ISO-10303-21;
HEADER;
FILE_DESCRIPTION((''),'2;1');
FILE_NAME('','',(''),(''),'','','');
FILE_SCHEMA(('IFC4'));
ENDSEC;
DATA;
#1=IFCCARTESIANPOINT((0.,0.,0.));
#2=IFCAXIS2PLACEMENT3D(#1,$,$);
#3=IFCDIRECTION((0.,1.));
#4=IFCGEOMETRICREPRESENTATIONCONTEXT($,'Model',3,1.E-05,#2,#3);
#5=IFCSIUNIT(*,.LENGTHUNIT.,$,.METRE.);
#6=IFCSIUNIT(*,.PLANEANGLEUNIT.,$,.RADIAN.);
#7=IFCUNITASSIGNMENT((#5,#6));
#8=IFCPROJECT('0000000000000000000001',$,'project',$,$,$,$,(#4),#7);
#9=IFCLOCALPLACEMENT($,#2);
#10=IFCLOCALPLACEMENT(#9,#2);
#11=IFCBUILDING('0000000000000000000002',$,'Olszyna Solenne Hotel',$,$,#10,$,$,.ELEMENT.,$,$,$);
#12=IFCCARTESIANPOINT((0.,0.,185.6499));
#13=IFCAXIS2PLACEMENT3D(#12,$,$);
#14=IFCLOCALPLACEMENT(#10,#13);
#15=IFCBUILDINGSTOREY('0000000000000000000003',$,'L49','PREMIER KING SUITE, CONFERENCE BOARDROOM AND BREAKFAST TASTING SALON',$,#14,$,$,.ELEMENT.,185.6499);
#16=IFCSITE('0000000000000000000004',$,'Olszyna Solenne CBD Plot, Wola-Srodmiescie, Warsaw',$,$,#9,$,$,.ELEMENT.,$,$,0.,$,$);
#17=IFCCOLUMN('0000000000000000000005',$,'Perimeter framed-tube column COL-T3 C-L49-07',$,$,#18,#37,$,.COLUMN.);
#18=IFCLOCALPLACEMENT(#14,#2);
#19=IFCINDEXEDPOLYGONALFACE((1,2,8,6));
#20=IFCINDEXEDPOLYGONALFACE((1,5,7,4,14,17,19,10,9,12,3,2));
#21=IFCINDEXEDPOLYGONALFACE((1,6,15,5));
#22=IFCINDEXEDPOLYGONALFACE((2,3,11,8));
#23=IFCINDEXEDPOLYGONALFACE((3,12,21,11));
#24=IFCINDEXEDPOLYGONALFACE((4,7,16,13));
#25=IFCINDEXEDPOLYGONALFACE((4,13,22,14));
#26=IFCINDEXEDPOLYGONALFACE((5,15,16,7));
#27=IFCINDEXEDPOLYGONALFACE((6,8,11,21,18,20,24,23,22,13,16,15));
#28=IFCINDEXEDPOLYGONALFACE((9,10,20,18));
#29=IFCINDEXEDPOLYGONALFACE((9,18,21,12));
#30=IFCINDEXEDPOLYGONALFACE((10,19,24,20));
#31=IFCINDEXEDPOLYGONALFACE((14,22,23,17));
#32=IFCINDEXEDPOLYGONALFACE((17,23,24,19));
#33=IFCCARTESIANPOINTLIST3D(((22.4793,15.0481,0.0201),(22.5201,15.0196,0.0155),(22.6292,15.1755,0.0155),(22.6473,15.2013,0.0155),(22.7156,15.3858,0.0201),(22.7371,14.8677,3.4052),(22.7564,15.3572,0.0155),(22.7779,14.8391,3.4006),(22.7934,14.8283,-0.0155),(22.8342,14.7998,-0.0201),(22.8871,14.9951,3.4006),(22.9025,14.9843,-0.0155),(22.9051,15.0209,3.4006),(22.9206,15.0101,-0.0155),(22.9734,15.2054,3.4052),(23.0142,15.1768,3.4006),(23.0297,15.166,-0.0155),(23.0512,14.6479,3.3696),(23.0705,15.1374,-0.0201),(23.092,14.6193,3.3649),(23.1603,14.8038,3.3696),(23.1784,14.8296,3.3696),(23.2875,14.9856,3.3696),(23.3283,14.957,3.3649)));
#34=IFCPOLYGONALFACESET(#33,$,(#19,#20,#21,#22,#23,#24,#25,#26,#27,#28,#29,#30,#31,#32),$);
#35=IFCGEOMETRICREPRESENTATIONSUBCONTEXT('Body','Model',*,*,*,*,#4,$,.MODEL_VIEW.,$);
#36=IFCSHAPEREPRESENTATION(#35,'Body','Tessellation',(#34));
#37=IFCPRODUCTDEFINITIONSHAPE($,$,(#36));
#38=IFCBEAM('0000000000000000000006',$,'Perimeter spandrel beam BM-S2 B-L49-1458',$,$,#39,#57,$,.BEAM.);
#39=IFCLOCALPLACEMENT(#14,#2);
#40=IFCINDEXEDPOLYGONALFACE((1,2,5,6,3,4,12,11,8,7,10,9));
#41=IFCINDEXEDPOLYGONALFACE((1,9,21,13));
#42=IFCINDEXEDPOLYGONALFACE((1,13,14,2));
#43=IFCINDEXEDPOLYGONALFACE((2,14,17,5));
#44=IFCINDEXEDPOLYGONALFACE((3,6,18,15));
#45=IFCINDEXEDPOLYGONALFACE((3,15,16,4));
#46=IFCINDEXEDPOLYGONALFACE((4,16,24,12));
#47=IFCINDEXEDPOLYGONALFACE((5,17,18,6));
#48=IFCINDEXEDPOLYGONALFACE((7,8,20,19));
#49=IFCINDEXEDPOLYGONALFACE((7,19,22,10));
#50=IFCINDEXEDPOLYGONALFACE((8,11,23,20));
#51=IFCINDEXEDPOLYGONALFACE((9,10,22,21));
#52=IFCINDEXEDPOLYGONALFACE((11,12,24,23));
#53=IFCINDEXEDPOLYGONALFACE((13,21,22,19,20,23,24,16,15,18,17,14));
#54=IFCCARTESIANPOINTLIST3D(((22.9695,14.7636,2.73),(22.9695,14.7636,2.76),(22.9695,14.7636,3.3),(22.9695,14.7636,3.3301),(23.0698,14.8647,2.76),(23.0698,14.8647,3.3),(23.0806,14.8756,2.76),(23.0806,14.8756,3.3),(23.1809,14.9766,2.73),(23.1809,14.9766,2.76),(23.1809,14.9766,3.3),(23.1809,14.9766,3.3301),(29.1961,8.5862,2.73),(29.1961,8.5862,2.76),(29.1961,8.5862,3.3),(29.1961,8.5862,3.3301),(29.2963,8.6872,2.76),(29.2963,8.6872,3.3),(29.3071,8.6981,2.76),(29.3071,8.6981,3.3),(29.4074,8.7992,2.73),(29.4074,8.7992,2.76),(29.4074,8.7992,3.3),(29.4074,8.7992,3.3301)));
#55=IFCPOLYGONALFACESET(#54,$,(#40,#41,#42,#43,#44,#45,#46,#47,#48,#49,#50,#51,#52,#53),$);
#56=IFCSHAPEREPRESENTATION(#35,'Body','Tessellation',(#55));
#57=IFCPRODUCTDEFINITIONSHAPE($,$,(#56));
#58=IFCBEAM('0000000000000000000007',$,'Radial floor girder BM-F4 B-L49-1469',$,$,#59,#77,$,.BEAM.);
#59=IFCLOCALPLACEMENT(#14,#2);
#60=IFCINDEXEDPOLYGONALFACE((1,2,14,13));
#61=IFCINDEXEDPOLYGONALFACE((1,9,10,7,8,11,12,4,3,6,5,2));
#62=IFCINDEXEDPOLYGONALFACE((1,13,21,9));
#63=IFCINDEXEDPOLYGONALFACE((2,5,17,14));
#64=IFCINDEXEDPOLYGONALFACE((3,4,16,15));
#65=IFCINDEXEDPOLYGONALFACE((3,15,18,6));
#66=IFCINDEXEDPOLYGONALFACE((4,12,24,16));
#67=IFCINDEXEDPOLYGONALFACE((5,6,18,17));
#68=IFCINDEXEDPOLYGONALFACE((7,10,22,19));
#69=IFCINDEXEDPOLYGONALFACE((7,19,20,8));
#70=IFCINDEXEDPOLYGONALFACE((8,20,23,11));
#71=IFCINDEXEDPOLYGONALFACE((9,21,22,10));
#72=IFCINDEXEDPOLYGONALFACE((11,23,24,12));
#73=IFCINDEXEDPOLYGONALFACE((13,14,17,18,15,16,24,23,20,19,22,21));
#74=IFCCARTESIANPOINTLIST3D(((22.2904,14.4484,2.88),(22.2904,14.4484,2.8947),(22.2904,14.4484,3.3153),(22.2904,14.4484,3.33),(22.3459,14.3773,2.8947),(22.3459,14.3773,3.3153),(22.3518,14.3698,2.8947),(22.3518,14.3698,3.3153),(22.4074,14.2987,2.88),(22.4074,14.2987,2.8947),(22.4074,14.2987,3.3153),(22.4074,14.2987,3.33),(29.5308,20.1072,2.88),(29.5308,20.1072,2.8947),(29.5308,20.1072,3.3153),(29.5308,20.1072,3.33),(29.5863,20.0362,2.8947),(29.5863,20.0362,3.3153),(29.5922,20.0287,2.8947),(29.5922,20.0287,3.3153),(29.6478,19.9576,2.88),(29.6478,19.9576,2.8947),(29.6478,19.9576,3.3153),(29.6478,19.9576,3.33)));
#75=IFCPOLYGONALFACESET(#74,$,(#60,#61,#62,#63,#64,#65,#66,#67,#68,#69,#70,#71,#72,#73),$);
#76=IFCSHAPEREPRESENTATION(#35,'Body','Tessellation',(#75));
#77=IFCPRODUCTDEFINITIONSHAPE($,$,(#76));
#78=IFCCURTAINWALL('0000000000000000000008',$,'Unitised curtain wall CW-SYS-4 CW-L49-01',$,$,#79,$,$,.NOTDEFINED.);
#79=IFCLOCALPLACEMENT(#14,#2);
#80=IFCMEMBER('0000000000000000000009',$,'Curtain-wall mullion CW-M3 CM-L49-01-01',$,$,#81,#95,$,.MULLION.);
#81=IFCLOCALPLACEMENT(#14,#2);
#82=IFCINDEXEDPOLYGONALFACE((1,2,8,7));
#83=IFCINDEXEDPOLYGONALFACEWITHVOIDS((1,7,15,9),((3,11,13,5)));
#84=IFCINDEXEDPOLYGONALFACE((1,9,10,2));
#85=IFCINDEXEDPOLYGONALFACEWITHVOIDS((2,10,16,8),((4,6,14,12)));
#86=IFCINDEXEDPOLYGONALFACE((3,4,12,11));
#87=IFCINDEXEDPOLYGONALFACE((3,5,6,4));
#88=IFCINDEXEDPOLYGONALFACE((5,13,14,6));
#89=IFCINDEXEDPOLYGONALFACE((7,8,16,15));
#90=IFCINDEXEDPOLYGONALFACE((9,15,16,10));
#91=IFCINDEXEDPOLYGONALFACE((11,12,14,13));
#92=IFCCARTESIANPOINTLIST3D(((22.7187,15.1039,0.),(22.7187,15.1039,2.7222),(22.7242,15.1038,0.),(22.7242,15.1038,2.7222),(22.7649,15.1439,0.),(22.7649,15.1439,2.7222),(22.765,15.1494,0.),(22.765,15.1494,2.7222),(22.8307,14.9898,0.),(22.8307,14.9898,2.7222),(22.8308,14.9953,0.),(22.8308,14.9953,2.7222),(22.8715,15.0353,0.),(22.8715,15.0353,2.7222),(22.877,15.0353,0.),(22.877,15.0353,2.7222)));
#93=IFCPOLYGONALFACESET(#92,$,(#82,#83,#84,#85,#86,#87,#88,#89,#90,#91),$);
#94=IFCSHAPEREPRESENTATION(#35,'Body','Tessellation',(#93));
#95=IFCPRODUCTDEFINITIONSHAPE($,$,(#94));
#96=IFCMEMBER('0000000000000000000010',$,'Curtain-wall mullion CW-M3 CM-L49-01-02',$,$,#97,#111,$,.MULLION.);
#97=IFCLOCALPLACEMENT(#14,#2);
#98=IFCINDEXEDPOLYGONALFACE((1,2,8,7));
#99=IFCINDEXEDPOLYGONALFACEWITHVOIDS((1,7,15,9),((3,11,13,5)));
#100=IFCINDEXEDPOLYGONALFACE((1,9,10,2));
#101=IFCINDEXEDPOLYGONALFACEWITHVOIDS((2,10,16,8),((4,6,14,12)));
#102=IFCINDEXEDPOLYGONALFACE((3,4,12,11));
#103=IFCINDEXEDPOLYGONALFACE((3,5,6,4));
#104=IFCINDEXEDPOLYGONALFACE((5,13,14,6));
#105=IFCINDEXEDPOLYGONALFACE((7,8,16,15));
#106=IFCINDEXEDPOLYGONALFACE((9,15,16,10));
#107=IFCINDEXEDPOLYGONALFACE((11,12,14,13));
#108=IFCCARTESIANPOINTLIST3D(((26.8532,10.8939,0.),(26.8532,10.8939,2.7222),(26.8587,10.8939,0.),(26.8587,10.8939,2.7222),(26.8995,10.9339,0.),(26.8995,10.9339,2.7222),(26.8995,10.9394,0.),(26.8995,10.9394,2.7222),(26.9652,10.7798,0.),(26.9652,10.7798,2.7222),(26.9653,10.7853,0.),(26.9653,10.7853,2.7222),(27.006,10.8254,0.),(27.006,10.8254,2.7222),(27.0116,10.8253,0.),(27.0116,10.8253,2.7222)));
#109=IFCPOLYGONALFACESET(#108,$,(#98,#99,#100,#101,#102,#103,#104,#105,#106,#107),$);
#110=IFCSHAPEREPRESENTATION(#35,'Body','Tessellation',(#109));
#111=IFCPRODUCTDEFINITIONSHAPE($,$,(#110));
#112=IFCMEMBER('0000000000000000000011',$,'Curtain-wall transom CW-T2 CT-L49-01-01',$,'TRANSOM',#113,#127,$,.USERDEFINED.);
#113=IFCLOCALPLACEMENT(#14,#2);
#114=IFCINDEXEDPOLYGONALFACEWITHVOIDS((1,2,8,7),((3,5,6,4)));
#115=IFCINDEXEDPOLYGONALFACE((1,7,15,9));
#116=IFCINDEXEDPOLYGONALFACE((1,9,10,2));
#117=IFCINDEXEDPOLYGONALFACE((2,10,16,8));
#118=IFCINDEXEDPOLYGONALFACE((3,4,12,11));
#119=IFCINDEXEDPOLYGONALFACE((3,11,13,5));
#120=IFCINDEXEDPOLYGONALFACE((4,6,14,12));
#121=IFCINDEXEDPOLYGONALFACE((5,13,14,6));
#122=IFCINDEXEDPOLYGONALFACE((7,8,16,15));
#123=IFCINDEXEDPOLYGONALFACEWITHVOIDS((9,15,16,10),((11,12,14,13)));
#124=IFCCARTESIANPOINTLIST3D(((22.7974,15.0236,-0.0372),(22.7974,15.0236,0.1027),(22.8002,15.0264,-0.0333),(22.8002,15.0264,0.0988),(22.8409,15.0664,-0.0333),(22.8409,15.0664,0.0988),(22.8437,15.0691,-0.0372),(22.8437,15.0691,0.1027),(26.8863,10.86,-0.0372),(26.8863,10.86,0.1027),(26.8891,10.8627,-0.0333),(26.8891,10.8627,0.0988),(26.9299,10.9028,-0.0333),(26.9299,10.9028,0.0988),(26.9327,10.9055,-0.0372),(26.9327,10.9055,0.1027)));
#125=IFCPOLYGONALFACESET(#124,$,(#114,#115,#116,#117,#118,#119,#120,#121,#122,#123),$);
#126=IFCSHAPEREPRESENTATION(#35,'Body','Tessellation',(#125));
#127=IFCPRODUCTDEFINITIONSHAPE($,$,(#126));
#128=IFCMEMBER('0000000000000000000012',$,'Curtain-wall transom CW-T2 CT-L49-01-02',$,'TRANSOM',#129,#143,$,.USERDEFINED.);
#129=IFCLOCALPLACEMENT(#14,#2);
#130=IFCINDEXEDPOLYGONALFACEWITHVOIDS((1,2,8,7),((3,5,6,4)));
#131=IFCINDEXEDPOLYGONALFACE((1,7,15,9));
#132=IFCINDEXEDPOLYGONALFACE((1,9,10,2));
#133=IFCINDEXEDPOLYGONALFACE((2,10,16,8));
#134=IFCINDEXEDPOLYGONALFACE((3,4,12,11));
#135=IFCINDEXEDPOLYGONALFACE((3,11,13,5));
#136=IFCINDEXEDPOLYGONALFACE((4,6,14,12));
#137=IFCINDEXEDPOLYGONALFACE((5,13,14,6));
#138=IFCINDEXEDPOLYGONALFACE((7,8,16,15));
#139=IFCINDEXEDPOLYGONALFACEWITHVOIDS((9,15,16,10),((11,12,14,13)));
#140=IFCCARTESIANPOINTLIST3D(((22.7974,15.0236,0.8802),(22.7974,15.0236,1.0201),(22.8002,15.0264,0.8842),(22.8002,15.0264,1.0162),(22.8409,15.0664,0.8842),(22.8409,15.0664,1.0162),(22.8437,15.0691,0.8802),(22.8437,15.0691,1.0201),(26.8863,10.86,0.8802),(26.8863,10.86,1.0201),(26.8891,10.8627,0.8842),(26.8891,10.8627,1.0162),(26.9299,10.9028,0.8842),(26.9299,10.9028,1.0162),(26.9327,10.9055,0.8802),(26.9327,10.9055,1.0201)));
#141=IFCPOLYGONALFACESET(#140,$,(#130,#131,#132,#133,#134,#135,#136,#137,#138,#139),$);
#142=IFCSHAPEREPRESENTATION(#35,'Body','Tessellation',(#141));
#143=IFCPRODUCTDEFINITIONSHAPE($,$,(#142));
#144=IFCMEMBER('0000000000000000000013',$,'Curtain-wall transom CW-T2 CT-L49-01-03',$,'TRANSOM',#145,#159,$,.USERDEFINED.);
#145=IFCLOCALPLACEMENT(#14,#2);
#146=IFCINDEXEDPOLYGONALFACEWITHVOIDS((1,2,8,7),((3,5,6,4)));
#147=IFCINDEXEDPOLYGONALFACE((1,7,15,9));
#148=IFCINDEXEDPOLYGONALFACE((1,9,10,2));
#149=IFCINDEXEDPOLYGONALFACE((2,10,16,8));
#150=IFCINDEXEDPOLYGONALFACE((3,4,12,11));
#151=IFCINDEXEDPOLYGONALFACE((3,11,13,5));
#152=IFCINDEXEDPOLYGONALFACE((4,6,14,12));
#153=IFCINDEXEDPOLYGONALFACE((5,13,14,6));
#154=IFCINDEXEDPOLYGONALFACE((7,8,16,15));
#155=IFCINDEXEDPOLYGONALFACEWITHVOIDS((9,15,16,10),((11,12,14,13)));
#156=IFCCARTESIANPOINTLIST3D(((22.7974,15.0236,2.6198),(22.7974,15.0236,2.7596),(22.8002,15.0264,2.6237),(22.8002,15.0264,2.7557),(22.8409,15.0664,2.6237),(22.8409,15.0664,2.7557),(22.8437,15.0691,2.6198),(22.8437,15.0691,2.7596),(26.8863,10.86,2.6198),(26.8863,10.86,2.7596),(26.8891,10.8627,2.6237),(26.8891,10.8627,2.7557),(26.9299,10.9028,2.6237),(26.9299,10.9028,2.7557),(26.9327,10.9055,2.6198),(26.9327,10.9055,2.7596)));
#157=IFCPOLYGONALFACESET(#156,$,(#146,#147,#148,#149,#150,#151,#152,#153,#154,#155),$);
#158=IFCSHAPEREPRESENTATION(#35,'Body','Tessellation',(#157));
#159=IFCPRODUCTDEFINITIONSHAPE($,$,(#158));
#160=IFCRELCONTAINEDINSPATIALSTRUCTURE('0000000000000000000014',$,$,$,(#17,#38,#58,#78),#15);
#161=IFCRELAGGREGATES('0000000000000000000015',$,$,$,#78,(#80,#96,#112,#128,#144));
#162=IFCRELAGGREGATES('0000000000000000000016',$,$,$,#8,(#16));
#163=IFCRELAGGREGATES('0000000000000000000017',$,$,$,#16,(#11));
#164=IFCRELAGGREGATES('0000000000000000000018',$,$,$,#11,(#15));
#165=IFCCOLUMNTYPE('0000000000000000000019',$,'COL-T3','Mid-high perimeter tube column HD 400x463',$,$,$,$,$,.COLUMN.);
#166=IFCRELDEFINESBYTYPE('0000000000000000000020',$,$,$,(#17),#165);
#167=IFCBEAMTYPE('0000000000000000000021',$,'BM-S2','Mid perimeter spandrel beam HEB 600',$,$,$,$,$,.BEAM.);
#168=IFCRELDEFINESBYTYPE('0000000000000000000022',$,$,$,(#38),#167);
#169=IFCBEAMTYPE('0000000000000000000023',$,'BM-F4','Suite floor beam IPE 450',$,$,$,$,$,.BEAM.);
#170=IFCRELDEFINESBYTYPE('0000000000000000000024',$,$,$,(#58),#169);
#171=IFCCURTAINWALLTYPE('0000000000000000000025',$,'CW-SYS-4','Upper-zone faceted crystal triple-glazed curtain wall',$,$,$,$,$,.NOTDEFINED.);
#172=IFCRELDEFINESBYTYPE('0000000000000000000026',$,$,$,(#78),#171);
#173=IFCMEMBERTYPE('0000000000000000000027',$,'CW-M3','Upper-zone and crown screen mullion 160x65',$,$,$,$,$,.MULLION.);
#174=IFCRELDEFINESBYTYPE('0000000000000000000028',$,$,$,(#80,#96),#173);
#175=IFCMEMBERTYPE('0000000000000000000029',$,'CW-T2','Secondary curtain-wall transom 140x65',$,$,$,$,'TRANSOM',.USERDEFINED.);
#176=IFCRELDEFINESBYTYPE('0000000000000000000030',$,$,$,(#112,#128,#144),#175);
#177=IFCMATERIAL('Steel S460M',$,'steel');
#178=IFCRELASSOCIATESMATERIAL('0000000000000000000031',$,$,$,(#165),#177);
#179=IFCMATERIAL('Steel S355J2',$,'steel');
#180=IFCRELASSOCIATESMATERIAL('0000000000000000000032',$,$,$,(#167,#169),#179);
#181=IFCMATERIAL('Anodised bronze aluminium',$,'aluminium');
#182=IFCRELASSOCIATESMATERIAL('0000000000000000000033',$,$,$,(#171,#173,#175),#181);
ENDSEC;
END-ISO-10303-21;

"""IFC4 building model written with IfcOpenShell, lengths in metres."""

from ifc_helpers import new_model, si_unit, direction, frame, origin, origin_2d, place, context, subcontext, project, spatial, hollow_rectangle, i_section, extrude, source, transform, mapped, material, material_profile, profile_set, type_object, element, aggregate, save


model = new_model("IFC4")

# Units and contexts
model_context = context("Model", 3, precision=1e-05, world=origin(), true_north=direction((0.0, 1.0)))
body_context = subcontext(model_context, "Body", "Model", "MODEL_VIEW")
ifc_project = project(units=[si_unit("LENGTHUNIT", "METRE"), si_unit("PLANEANGLEUNIT", "RADIAN")], contexts=[model_context])

# Site, building, storey
site_placement = place(None, origin())
site = spatial("IfcSite", under=ifc_project, at=site_placement, Name="Olszyna Solenne CBD Plot, Wola-Srodmiescie, Warsaw", CompositionType="ELEMENT", RefElevation=0.0)
building_placement = place(site_placement, origin())
building = spatial("IfcBuilding", under=site, at=building_placement, Name="Olszyna Solenne Hotel", CompositionType="ELEMENT")
storey_placement = place(building_placement, frame((0.0, 0.0, 185.6499)))
storey = spatial("IfcBuildingStorey", under=building, at=storey_placement, Name="L49", Description="PREMIER KING SUITE, CONFERENCE BOARDROOM AND BREAKFAST TASTING SALON", CompositionType="ELEMENT", Elevation=185.6499)

# Column
ifc_material_1 = material(Name="Steel S460M", Category="steel")
ifc_material_profile_1 = material_profile(ifc_material_1, i_section(OverallWidth=0.4121, OverallDepth=0.4351, WebThickness=0.0315, FlangeThickness=0.05, at=origin_2d()), Name="HD 400x463", Category="load-bearing")
ifc_profile_set_1 = profile_set([ifc_material_profile_1], Name="Steel S460M")
column_type = type_object("IfcColumnType", Name="COL-T3", Description="Mid-high perimeter tube column HD 400x463", PredefinedType="COLUMN", material=ifc_profile_set_1)
shared_shape_1 = source(origin(), body_context, "Body", "SweptSolid", [
    extrude(i_section(OverallWidth=0.4121, OverallDepth=0.4351, WebThickness=0.0315, FlangeThickness=0.05, at=origin_2d()), origin(), (0.0, 0.0, 1.0), 3.3997),
])
column_placement = place(storey_placement, frame((22.7749, 15.0928, 0.0), z_axis=(0.075836, -0.053071, 0.995707), x_axis=(0.573358, 0.819305, 0.0)))
element("IfcColumn", 1, at=column_placement, inside=storey, type_object=column_type, Name="Perimeter framed-tube column COL-T3 C-L49-07", PredefinedType="COLUMN", context=body_context, shape_type="MappedRepresentation", body=[
    mapped(shared_shape_1, transform((0.0, 0.0, 0.0), x_axis=(1.0, 0.0, 0.0), y_axis=(0.0, 1.0, 0.0), z_axis=(0.0, 0.0, 1.0), scale=1.0)),
])

# Beams
ifc_material_2 = material(Name="Steel S355J2", Category="steel")
ifc_material_profile_2 = material_profile(ifc_material_2, i_section(OverallWidth=0.3, OverallDepth=0.6001, WebThickness=0.0154, FlangeThickness=0.03, at=origin_2d()), Name="HEB 600", Category="load-bearing")
ifc_profile_set_2 = profile_set([ifc_material_profile_2], Name="Steel S355J2")
beam_type_1 = type_object("IfcBeamType", Name="BM-S2", Description="Mid perimeter spandrel beam HEB 600", PredefinedType="BEAM", material=ifc_profile_set_2)
shared_shape_2 = source(origin(), body_context, "Body", "SweptSolid", [
    extrude(i_section(OverallWidth=0.3, OverallDepth=0.6001, WebThickness=0.0154, FlangeThickness=0.03, at=origin_2d()), origin(), (0.0, 0.0, 1.0), 8.771),
])
beam_1_placement = place(storey_placement, frame((23.0752, 14.8701, 3.03), z_axis=(0.709899, -0.704304, 0.0), x_axis=(0.704304, 0.709899, 0.0)))
element("IfcBeam", 2, at=beam_1_placement, inside=storey, type_object=beam_type_1, Name="Perimeter spandrel beam BM-S2 B-L49-1458", PredefinedType="BEAM", context=body_context, shape_type="MappedRepresentation", body=[
    mapped(shared_shape_2, transform((0.0, 0.0, 0.0), x_axis=(1.0, 0.0, 0.0), y_axis=(0.0, 1.0, 0.0), z_axis=(0.0, 0.0, 1.0), scale=1.0)),
])
ifc_material_profile_3 = material_profile(ifc_material_2, i_section(OverallWidth=0.1899, OverallDepth=0.45, WebThickness=0.0095, FlangeThickness=0.0146, at=origin_2d()), Name="IPE 450", Category="load-bearing")
ifc_profile_set_3 = profile_set([ifc_material_profile_3], Name="Steel S355J2")
beam_type_2 = type_object("IfcBeamType", Name="BM-F4", Description="Suite floor beam IPE 450", PredefinedType="BEAM", material=ifc_profile_set_3)
shared_shape_3 = source(origin(), body_context, "Body", "SweptSolid", [
    extrude(i_section(OverallWidth=0.1899, OverallDepth=0.45, WebThickness=0.0095, FlangeThickness=0.0146, at=origin_2d()), origin(), (0.0, 0.0, 1.0), 9.1895),
])
beam_2_placement = place(storey_placement, frame((22.3489, 14.3735, 3.105), z_axis=(0.787902, 0.6158, 0.0), x_axis=(-0.6158, 0.787902, 0.0)))
element("IfcBeam", 3, at=beam_2_placement, inside=storey, type_object=beam_type_2, Name="Radial floor girder BM-F4 B-L49-1469", PredefinedType="BEAM", context=body_context, shape_type="MappedRepresentation", body=[
    mapped(shared_shape_3, transform((0.0, 0.0, 0.0), x_axis=(1.0, 0.0, 0.0), y_axis=(0.0, 1.0, 0.0), z_axis=(0.0, 0.0, 1.0), scale=1.0)),
])

# Curtain wall, members
ifc_material_3 = material(Name="Anodised bronze aluminium", Category="aluminium")
curtain_wall_type = type_object("IfcCurtainWallType", Name="CW-SYS-4", Description="Upper-zone faceted crystal triple-glazed curtain wall", PredefinedType="NOTDEFINED", material=ifc_material_3)
curtain_wall_placement = place(storey_placement, origin())
curtain_wall = element("IfcCurtainWall", 4, at=curtain_wall_placement, inside=storey, type_object=curtain_wall_type, Name="Unitised curtain wall CW-SYS-4 CW-L49-01", PredefinedType="NOTDEFINED")
ifc_material_profile_4 = material_profile(ifc_material_3, hollow_rectangle(XDim=0.0649, YDim=0.1599, WallThickness=0.0039, at=origin_2d()), Name="MULL 160x65x4", Category="load-bearing")
ifc_profile_set_4 = profile_set([ifc_material_profile_4], Name="Anodised bronze aluminium")
member_type_1 = type_object("IfcMemberType", Name="CW-M3", Description="Upper-zone and crown screen mullion 160x65", PredefinedType="MULLION", material=ifc_profile_set_4)
shared_shape_4 = source(origin(), body_context, "Body", "SweptSolid", [
    extrude(hollow_rectangle(XDim=0.0649, YDim=0.1599, WallThickness=0.0039, at=origin_2d()), origin(), (0.0, 0.0, 1.0), 2.7222),
])
member_1_placement = place(storey_placement, frame((22.7979, 15.0696, 0.0), z_axis=(0.0, 0.0, 1.0), x_axis=(0.713469, 0.700687, 0.0)))
member_1 = element("IfcMember", 5, at=member_1_placement, type_object=member_type_1, Name="Curtain-wall mullion CW-M3 CM-L49-01-01", PredefinedType="MULLION", context=body_context, shape_type="MappedRepresentation", body=[
    mapped(shared_shape_4, transform((0.0, 0.0, 0.0), x_axis=(1.0, 0.0, 0.0), y_axis=(0.0, 1.0, 0.0), z_axis=(0.0, 0.0, 1.0), scale=1.0)),
])
member_2_placement = place(storey_placement, frame((26.9324, 10.8596, 0.0), z_axis=(0.0, 0.0, 1.0), x_axis=(0.713469, 0.700687, 0.0)))
member_2 = element("IfcMember", 6, at=member_2_placement, type_object=member_type_1, Name="Curtain-wall mullion CW-M3 CM-L49-01-02", PredefinedType="MULLION", context=body_context, shape_type="MappedRepresentation", body=[
    mapped(shared_shape_4, transform((0.0, 0.0, 0.0), x_axis=(1.0, 0.0, 0.0), y_axis=(0.0, 1.0, 0.0), z_axis=(0.0, 0.0, 1.0), scale=1.0)),
])
ifc_material_profile_5 = material_profile(ifc_material_3, hollow_rectangle(XDim=0.0649, YDim=0.1399, WallThickness=0.0039, at=origin_2d()), Name="TRAN 140x65x4", Category="load-bearing")
ifc_profile_set_5 = profile_set([ifc_material_profile_5], Name="Anodised bronze aluminium")
member_type_2 = type_object("IfcMemberType", Name="CW-T2", Description="Secondary curtain-wall transom 140x65", ElementType="TRANSOM", PredefinedType="USERDEFINED", material=ifc_profile_set_5)
shared_shape_5 = source(origin(), body_context, "Body", "SweptSolid", [
    extrude(hollow_rectangle(XDim=0.0649, YDim=0.1399, WallThickness=0.0039, at=origin_2d()), origin(), (0.0, 0.0, 1.0), 5.8357),
])
member_3_placement = place(storey_placement, frame((22.8206, 15.0464, 0.0327), z_axis=(0.700677, -0.713479, 0.0), x_axis=(0.713479, 0.700677, 0.0)))
member_3 = element("IfcMember", 7, at=member_3_placement, type_object=member_type_2, Name="Curtain-wall transom CW-T2 CT-L49-01-01", ObjectType="TRANSOM", PredefinedType="USERDEFINED", context=body_context, shape_type="MappedRepresentation", body=[
    mapped(shared_shape_5, transform((0.0, 0.0, 0.0), x_axis=(1.0, 0.0, 0.0), y_axis=(0.0, 1.0, 0.0), z_axis=(0.0, 0.0, 1.0), scale=1.0)),
])
member_4_placement = place(storey_placement, frame((22.8206, 15.0464, 0.9502), z_axis=(0.700677, -0.713479, 0.0), x_axis=(0.713479, 0.700677, 0.0)))
member_4 = element("IfcMember", 8, at=member_4_placement, type_object=member_type_2, Name="Curtain-wall transom CW-T2 CT-L49-01-02", ObjectType="TRANSOM", PredefinedType="USERDEFINED", context=body_context, shape_type="MappedRepresentation", body=[
    mapped(shared_shape_5, transform((0.0, 0.0, 0.0), x_axis=(1.0, 0.0, 0.0), y_axis=(0.0, 1.0, 0.0), z_axis=(0.0, 0.0, 1.0), scale=1.0)),
])
member_5_placement = place(storey_placement, frame((22.8206, 15.0464, 2.6897), z_axis=(0.700677, -0.713479, 0.0), x_axis=(0.713479, 0.700677, 0.0)))
member_5 = element("IfcMember", 9, at=member_5_placement, type_object=member_type_2, Name="Curtain-wall transom CW-T2 CT-L49-01-03", ObjectType="TRANSOM", PredefinedType="USERDEFINED", context=body_context, shape_type="MappedRepresentation", body=[
    mapped(shared_shape_5, transform((0.0, 0.0, 0.0), x_axis=(1.0, 0.0, 0.0), y_axis=(0.0, 1.0, 0.0), z_axis=(0.0, 0.0, 1.0), scale=1.0)),
])

aggregate(curtain_wall, [member_1, member_2, member_3, member_4, member_5])

save(model, "model.ifc")
